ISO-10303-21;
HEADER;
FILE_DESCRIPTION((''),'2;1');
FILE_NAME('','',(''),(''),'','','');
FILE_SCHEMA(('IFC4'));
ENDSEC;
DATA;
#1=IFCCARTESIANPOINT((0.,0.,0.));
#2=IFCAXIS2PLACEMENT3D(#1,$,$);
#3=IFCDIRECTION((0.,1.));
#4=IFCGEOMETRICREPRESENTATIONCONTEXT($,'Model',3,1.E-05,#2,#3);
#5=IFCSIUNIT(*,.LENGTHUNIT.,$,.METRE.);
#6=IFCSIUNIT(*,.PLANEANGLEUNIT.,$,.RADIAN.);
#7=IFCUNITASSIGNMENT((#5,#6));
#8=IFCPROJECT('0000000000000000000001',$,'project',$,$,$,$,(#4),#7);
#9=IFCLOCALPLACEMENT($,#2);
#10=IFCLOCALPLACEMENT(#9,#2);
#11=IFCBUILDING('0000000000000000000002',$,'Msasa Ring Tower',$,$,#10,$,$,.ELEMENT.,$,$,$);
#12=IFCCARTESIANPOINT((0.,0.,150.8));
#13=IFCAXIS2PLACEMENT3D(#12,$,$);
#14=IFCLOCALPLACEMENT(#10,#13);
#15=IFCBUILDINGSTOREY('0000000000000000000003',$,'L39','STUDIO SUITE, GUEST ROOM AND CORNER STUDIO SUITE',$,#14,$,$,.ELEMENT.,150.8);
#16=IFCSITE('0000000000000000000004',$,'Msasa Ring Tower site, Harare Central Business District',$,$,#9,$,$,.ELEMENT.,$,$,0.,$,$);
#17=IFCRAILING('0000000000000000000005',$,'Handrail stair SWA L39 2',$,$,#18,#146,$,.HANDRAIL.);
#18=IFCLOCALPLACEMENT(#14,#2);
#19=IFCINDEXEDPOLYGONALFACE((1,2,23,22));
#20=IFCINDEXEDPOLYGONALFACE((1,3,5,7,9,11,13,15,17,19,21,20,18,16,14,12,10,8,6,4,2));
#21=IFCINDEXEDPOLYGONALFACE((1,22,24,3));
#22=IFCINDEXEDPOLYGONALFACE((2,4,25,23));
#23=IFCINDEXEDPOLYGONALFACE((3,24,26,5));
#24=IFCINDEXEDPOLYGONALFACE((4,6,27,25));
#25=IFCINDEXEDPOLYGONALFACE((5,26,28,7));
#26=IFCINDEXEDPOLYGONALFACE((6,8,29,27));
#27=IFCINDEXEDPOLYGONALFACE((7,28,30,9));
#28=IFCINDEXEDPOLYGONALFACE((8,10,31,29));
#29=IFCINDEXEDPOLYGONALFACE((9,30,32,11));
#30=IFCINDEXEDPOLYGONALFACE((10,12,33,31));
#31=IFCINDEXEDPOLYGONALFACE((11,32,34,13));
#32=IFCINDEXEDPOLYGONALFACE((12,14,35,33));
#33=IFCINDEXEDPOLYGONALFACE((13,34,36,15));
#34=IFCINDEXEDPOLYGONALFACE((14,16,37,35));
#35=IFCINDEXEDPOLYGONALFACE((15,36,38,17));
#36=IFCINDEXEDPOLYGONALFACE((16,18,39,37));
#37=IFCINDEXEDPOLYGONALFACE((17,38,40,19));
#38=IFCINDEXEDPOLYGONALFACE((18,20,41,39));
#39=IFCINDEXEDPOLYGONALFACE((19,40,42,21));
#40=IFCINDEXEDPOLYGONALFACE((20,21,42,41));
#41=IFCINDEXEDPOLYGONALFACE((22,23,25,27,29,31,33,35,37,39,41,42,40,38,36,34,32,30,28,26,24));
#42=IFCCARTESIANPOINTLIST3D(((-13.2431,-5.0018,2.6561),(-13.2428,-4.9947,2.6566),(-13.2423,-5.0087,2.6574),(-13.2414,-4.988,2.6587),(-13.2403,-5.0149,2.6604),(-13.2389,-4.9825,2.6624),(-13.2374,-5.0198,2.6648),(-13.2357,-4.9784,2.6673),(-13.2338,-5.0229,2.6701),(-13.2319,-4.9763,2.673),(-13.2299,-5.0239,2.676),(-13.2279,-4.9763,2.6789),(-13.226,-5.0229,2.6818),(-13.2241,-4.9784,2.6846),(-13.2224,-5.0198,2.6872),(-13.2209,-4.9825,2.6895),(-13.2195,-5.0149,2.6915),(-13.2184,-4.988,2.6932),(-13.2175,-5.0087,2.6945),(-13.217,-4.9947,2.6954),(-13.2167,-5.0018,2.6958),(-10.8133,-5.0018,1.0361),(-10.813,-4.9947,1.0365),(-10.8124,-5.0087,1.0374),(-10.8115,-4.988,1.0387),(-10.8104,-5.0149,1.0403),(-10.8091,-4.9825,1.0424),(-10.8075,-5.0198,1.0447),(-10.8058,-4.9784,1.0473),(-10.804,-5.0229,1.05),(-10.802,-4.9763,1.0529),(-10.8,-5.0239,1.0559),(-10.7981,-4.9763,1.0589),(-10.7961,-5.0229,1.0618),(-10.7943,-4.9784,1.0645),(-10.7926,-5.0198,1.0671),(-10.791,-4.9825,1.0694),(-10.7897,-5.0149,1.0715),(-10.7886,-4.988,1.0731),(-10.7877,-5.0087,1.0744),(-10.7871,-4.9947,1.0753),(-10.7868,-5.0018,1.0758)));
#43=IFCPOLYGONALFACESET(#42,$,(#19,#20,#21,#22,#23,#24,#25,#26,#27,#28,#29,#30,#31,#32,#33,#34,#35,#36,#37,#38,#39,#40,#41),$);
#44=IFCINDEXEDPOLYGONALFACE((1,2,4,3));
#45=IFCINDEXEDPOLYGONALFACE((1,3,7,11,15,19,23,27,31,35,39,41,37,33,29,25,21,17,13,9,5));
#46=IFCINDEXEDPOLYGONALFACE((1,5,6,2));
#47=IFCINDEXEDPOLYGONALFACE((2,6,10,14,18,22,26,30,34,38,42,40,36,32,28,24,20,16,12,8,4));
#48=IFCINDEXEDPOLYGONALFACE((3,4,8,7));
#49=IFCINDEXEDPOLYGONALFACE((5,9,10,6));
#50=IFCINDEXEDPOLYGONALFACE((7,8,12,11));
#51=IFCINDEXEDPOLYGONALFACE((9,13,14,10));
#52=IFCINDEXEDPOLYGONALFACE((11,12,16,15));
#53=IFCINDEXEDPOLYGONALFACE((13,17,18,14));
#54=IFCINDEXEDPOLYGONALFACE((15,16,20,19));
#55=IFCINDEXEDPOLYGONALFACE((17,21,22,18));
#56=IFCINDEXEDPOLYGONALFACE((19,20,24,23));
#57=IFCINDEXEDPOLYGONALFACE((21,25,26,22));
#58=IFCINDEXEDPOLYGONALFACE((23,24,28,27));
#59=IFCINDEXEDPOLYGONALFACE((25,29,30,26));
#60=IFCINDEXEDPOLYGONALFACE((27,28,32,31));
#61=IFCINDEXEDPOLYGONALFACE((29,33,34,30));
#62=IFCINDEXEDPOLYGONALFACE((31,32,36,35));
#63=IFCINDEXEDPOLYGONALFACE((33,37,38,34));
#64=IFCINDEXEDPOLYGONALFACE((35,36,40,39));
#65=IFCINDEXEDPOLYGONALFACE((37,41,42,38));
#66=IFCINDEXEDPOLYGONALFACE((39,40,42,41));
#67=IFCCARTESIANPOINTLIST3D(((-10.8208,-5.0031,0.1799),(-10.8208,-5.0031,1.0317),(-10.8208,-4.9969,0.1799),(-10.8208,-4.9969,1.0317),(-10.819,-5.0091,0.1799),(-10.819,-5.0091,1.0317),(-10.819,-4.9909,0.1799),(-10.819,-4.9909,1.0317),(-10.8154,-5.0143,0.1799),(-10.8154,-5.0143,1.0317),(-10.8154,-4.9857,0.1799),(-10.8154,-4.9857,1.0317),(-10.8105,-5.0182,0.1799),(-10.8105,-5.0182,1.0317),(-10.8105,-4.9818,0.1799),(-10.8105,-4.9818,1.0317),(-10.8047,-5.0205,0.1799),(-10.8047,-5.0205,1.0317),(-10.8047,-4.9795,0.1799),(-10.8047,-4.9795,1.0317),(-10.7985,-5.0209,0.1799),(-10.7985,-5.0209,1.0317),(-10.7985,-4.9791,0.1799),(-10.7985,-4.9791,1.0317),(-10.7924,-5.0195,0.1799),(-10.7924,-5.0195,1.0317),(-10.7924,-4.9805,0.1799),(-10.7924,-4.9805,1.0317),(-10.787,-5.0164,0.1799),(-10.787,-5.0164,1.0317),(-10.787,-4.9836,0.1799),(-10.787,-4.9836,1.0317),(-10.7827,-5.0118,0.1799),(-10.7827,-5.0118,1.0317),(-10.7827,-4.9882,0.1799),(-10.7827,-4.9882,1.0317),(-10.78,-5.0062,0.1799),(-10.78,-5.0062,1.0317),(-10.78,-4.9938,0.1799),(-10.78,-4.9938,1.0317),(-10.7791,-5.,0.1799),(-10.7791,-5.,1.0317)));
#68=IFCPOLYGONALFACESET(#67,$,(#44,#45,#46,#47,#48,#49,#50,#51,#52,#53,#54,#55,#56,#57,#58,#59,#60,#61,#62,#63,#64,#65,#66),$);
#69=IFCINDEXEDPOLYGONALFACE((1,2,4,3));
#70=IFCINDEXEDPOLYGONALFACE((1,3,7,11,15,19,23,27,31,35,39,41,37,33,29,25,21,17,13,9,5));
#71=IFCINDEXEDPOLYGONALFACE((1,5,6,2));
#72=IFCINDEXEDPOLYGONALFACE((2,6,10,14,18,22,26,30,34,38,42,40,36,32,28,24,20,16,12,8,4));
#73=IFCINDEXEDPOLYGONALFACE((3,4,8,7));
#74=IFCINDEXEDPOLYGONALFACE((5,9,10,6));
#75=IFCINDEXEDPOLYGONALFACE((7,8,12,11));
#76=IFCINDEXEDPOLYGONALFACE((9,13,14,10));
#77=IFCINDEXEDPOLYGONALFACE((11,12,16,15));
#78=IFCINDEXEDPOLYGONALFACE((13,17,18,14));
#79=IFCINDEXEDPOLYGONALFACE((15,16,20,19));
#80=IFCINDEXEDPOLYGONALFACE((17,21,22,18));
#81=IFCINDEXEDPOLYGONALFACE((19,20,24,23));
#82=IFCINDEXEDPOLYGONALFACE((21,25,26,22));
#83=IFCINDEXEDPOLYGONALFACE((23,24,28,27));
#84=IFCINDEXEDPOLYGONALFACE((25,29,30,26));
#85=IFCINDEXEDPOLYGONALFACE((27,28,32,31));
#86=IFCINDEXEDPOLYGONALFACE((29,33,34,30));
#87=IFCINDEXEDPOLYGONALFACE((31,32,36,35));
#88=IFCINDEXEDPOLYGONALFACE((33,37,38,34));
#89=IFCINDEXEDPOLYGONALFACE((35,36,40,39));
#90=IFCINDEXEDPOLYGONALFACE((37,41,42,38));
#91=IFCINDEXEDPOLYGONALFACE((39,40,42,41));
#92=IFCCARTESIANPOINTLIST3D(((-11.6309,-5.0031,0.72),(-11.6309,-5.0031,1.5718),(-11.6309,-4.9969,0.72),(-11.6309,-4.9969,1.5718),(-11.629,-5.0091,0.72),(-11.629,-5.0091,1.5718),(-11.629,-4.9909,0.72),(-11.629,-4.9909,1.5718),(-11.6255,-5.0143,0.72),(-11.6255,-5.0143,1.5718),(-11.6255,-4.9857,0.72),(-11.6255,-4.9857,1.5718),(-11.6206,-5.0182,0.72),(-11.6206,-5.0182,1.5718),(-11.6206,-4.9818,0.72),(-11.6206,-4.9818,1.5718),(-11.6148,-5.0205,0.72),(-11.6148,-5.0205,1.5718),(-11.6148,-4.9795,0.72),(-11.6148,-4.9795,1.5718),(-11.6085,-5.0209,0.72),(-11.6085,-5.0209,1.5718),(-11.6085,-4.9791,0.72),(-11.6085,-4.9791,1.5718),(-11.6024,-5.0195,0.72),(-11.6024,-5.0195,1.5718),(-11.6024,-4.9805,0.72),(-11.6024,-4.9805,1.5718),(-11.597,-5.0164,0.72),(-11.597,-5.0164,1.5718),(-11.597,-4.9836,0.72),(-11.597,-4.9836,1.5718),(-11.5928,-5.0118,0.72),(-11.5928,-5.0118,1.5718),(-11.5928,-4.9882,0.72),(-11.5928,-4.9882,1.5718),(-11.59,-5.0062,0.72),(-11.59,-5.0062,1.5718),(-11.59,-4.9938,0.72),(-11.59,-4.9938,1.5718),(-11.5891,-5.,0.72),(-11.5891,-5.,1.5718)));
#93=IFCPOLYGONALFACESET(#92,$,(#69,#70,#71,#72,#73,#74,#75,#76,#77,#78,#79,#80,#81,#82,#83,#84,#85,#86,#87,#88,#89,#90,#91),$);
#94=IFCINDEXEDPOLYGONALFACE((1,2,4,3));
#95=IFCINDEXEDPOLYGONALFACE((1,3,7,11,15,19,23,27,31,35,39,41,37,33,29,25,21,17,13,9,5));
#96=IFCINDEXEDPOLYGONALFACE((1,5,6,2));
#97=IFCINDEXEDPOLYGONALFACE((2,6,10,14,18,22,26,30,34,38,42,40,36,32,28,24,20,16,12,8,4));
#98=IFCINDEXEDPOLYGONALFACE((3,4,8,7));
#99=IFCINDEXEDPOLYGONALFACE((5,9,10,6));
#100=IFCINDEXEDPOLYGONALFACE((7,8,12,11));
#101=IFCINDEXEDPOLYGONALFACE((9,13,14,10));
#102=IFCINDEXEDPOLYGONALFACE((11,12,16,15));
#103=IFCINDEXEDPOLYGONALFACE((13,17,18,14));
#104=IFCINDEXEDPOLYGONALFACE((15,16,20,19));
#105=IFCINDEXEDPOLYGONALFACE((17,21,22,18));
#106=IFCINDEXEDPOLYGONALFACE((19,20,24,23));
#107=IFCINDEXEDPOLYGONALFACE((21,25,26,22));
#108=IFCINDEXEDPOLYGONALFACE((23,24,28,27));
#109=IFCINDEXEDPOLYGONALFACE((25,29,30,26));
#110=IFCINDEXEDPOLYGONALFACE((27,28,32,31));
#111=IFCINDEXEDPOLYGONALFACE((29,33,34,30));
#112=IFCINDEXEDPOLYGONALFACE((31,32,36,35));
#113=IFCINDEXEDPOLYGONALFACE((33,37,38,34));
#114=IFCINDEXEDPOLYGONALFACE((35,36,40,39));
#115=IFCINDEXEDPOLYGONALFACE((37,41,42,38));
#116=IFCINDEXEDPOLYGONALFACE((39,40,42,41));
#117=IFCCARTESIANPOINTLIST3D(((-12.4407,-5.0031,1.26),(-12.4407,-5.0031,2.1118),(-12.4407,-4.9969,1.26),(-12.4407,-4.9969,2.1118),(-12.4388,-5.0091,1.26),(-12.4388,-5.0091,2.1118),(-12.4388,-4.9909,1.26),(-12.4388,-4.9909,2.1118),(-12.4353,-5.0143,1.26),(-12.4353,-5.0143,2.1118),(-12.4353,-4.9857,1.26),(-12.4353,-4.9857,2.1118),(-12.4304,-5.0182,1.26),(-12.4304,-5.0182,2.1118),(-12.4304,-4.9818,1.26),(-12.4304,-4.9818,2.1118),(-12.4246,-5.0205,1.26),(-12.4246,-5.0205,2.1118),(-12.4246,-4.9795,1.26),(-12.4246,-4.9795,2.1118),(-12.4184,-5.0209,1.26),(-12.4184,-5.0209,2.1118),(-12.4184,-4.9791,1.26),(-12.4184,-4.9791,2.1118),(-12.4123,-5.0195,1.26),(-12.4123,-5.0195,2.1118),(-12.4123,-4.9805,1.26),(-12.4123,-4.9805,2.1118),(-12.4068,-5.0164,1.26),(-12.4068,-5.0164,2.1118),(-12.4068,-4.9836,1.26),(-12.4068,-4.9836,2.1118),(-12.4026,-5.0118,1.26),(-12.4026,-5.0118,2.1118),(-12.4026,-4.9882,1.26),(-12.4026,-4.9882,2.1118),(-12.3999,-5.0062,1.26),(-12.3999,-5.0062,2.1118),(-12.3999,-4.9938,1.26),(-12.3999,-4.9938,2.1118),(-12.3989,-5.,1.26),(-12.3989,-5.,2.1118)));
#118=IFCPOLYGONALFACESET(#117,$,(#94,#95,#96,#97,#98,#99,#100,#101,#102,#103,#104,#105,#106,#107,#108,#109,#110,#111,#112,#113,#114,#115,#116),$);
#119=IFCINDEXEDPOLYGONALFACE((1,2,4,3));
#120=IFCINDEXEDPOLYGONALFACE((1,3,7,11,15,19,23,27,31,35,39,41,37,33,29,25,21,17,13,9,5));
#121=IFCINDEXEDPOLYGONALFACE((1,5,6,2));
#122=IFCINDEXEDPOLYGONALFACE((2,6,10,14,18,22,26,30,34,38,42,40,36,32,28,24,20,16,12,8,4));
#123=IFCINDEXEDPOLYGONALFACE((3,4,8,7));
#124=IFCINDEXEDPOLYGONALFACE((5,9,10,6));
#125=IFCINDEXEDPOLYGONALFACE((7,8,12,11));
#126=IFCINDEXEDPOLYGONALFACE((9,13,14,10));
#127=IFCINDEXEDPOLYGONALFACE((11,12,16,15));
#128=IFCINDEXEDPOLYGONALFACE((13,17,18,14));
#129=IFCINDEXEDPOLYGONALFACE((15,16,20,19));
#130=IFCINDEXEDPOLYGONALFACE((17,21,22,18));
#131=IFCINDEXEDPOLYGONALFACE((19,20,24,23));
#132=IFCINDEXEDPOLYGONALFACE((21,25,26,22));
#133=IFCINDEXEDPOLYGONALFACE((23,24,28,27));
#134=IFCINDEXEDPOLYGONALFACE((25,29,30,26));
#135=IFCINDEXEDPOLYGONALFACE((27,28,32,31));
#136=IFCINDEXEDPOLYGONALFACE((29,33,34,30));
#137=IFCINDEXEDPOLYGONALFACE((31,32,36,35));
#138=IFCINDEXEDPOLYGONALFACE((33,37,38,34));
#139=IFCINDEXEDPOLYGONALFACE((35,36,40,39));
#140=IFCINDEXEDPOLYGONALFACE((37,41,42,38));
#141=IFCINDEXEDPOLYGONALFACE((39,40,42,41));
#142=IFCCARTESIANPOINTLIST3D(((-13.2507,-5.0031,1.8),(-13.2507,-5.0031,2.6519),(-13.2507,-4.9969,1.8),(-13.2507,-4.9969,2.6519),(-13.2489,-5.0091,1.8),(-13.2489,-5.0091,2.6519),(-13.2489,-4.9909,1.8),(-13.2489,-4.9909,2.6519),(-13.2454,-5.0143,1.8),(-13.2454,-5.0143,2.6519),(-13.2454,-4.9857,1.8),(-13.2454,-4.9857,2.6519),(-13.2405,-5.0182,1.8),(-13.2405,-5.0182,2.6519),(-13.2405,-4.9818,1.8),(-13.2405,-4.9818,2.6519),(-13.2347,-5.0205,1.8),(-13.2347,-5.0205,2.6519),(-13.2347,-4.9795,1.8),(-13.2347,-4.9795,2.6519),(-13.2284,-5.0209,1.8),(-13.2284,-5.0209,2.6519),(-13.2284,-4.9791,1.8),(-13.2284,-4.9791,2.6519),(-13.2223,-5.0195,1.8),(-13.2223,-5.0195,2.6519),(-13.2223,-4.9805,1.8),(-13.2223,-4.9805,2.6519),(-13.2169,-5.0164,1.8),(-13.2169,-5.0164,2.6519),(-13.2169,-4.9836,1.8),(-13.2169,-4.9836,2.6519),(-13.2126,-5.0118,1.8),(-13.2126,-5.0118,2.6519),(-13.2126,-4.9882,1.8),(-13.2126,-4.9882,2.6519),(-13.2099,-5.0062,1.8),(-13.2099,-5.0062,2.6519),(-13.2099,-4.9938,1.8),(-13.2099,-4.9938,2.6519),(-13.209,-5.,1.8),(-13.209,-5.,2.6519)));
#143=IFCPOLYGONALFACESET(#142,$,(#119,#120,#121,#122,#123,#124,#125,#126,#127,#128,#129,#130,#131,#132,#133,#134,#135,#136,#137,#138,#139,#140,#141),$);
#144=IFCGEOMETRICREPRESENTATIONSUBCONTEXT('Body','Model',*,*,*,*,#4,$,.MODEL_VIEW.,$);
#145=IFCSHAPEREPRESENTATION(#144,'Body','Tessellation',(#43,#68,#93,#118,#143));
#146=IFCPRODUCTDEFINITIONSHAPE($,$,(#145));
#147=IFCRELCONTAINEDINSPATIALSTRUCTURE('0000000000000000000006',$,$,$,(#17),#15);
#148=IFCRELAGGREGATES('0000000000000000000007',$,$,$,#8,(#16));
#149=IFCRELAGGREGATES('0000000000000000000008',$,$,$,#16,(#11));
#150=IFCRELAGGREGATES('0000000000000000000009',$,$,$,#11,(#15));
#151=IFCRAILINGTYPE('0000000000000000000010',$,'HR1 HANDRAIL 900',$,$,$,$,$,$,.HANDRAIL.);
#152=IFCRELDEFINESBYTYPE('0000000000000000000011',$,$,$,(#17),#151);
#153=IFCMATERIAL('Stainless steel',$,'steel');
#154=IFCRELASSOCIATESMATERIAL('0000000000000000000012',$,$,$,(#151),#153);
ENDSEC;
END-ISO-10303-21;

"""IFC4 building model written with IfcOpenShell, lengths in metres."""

from ifc_helpers import new_model, si_unit, direction, frame, origin, origin_2d, place, context, subcontext, project, spatial, circle, extrude, material, type_object, element, save


model = new_model("IFC4")

# Units and contexts
model_context = context("Model", 3, precision=1e-05, world=origin(), true_north=direction((0.0, 1.0)))
body_context = subcontext(model_context, "Body", "Model", "MODEL_VIEW")
ifc_project = project(units=[si_unit("LENGTHUNIT", "METRE"), si_unit("PLANEANGLEUNIT", "RADIAN")], contexts=[model_context])

# Site, building, storey
site_placement = place(None, origin())
site = spatial("IfcSite", under=ifc_project, at=site_placement, Name="Msasa Ring Tower site, Harare Central Business District", CompositionType="ELEMENT", RefElevation=0.0)
building_placement = place(site_placement, origin())
building = spatial("IfcBuilding", under=site, at=building_placement, Name="Msasa Ring Tower", CompositionType="ELEMENT")
storey_placement = place(building_placement, frame((0.0, 0.0, 150.8)))
storey = spatial("IfcBuildingStorey", under=building, at=storey_placement, Name="L39", Description="STUDIO SUITE, GUEST ROOM AND CORNER STUDIO SUITE", CompositionType="ELEMENT", Elevation=150.8)

# Railing
ifc_material_1 = material(Name="Stainless steel", Category="steel")
railing_type = type_object("IfcRailingType", Name="HR1 HANDRAIL 900", PredefinedType="HANDRAIL", material=ifc_material_1)
for number, where, name in (
    (1, (-10.8, -5.0, 0.1799), "Handrail stair SWA L39 2"),
):
    element("IfcRailing", number, at=place(storey_placement, frame(where)), inside=storey, type_object=railing_type, Name=name, PredefinedType="HANDRAIL", context=body_context, shape_type="SweptSolid", body=[
        extrude(circle(Radius=0.0239, at=origin_2d()), frame((0.0, 0.0, 0.876), z_axis=(-0.832025, 0.0, 0.554739), x_axis=(0.0, -1.0, 0.0)), (0.0, 0.0, 1.0), 2.9204),
        extrude(circle(Radius=0.021, at=origin_2d()), origin(), (0.0, 0.0, 1.0), 0.8518),
        extrude(circle(Radius=0.021, at=origin_2d()), frame((-0.8101, 0.0, 0.54)), (0.0, 0.0, 1.0), 0.8518),
        extrude(circle(Radius=0.021, at=origin_2d()), frame((-1.6199, 0.0, 1.0801)), (0.0, 0.0, 1.0), 0.8518),
        extrude(circle(Radius=0.021, at=origin_2d()), frame((-2.4299, 0.0, 1.6201)), (0.0, 0.0, 1.0), 0.8518),
    ])

save(model, "model.ifc")
